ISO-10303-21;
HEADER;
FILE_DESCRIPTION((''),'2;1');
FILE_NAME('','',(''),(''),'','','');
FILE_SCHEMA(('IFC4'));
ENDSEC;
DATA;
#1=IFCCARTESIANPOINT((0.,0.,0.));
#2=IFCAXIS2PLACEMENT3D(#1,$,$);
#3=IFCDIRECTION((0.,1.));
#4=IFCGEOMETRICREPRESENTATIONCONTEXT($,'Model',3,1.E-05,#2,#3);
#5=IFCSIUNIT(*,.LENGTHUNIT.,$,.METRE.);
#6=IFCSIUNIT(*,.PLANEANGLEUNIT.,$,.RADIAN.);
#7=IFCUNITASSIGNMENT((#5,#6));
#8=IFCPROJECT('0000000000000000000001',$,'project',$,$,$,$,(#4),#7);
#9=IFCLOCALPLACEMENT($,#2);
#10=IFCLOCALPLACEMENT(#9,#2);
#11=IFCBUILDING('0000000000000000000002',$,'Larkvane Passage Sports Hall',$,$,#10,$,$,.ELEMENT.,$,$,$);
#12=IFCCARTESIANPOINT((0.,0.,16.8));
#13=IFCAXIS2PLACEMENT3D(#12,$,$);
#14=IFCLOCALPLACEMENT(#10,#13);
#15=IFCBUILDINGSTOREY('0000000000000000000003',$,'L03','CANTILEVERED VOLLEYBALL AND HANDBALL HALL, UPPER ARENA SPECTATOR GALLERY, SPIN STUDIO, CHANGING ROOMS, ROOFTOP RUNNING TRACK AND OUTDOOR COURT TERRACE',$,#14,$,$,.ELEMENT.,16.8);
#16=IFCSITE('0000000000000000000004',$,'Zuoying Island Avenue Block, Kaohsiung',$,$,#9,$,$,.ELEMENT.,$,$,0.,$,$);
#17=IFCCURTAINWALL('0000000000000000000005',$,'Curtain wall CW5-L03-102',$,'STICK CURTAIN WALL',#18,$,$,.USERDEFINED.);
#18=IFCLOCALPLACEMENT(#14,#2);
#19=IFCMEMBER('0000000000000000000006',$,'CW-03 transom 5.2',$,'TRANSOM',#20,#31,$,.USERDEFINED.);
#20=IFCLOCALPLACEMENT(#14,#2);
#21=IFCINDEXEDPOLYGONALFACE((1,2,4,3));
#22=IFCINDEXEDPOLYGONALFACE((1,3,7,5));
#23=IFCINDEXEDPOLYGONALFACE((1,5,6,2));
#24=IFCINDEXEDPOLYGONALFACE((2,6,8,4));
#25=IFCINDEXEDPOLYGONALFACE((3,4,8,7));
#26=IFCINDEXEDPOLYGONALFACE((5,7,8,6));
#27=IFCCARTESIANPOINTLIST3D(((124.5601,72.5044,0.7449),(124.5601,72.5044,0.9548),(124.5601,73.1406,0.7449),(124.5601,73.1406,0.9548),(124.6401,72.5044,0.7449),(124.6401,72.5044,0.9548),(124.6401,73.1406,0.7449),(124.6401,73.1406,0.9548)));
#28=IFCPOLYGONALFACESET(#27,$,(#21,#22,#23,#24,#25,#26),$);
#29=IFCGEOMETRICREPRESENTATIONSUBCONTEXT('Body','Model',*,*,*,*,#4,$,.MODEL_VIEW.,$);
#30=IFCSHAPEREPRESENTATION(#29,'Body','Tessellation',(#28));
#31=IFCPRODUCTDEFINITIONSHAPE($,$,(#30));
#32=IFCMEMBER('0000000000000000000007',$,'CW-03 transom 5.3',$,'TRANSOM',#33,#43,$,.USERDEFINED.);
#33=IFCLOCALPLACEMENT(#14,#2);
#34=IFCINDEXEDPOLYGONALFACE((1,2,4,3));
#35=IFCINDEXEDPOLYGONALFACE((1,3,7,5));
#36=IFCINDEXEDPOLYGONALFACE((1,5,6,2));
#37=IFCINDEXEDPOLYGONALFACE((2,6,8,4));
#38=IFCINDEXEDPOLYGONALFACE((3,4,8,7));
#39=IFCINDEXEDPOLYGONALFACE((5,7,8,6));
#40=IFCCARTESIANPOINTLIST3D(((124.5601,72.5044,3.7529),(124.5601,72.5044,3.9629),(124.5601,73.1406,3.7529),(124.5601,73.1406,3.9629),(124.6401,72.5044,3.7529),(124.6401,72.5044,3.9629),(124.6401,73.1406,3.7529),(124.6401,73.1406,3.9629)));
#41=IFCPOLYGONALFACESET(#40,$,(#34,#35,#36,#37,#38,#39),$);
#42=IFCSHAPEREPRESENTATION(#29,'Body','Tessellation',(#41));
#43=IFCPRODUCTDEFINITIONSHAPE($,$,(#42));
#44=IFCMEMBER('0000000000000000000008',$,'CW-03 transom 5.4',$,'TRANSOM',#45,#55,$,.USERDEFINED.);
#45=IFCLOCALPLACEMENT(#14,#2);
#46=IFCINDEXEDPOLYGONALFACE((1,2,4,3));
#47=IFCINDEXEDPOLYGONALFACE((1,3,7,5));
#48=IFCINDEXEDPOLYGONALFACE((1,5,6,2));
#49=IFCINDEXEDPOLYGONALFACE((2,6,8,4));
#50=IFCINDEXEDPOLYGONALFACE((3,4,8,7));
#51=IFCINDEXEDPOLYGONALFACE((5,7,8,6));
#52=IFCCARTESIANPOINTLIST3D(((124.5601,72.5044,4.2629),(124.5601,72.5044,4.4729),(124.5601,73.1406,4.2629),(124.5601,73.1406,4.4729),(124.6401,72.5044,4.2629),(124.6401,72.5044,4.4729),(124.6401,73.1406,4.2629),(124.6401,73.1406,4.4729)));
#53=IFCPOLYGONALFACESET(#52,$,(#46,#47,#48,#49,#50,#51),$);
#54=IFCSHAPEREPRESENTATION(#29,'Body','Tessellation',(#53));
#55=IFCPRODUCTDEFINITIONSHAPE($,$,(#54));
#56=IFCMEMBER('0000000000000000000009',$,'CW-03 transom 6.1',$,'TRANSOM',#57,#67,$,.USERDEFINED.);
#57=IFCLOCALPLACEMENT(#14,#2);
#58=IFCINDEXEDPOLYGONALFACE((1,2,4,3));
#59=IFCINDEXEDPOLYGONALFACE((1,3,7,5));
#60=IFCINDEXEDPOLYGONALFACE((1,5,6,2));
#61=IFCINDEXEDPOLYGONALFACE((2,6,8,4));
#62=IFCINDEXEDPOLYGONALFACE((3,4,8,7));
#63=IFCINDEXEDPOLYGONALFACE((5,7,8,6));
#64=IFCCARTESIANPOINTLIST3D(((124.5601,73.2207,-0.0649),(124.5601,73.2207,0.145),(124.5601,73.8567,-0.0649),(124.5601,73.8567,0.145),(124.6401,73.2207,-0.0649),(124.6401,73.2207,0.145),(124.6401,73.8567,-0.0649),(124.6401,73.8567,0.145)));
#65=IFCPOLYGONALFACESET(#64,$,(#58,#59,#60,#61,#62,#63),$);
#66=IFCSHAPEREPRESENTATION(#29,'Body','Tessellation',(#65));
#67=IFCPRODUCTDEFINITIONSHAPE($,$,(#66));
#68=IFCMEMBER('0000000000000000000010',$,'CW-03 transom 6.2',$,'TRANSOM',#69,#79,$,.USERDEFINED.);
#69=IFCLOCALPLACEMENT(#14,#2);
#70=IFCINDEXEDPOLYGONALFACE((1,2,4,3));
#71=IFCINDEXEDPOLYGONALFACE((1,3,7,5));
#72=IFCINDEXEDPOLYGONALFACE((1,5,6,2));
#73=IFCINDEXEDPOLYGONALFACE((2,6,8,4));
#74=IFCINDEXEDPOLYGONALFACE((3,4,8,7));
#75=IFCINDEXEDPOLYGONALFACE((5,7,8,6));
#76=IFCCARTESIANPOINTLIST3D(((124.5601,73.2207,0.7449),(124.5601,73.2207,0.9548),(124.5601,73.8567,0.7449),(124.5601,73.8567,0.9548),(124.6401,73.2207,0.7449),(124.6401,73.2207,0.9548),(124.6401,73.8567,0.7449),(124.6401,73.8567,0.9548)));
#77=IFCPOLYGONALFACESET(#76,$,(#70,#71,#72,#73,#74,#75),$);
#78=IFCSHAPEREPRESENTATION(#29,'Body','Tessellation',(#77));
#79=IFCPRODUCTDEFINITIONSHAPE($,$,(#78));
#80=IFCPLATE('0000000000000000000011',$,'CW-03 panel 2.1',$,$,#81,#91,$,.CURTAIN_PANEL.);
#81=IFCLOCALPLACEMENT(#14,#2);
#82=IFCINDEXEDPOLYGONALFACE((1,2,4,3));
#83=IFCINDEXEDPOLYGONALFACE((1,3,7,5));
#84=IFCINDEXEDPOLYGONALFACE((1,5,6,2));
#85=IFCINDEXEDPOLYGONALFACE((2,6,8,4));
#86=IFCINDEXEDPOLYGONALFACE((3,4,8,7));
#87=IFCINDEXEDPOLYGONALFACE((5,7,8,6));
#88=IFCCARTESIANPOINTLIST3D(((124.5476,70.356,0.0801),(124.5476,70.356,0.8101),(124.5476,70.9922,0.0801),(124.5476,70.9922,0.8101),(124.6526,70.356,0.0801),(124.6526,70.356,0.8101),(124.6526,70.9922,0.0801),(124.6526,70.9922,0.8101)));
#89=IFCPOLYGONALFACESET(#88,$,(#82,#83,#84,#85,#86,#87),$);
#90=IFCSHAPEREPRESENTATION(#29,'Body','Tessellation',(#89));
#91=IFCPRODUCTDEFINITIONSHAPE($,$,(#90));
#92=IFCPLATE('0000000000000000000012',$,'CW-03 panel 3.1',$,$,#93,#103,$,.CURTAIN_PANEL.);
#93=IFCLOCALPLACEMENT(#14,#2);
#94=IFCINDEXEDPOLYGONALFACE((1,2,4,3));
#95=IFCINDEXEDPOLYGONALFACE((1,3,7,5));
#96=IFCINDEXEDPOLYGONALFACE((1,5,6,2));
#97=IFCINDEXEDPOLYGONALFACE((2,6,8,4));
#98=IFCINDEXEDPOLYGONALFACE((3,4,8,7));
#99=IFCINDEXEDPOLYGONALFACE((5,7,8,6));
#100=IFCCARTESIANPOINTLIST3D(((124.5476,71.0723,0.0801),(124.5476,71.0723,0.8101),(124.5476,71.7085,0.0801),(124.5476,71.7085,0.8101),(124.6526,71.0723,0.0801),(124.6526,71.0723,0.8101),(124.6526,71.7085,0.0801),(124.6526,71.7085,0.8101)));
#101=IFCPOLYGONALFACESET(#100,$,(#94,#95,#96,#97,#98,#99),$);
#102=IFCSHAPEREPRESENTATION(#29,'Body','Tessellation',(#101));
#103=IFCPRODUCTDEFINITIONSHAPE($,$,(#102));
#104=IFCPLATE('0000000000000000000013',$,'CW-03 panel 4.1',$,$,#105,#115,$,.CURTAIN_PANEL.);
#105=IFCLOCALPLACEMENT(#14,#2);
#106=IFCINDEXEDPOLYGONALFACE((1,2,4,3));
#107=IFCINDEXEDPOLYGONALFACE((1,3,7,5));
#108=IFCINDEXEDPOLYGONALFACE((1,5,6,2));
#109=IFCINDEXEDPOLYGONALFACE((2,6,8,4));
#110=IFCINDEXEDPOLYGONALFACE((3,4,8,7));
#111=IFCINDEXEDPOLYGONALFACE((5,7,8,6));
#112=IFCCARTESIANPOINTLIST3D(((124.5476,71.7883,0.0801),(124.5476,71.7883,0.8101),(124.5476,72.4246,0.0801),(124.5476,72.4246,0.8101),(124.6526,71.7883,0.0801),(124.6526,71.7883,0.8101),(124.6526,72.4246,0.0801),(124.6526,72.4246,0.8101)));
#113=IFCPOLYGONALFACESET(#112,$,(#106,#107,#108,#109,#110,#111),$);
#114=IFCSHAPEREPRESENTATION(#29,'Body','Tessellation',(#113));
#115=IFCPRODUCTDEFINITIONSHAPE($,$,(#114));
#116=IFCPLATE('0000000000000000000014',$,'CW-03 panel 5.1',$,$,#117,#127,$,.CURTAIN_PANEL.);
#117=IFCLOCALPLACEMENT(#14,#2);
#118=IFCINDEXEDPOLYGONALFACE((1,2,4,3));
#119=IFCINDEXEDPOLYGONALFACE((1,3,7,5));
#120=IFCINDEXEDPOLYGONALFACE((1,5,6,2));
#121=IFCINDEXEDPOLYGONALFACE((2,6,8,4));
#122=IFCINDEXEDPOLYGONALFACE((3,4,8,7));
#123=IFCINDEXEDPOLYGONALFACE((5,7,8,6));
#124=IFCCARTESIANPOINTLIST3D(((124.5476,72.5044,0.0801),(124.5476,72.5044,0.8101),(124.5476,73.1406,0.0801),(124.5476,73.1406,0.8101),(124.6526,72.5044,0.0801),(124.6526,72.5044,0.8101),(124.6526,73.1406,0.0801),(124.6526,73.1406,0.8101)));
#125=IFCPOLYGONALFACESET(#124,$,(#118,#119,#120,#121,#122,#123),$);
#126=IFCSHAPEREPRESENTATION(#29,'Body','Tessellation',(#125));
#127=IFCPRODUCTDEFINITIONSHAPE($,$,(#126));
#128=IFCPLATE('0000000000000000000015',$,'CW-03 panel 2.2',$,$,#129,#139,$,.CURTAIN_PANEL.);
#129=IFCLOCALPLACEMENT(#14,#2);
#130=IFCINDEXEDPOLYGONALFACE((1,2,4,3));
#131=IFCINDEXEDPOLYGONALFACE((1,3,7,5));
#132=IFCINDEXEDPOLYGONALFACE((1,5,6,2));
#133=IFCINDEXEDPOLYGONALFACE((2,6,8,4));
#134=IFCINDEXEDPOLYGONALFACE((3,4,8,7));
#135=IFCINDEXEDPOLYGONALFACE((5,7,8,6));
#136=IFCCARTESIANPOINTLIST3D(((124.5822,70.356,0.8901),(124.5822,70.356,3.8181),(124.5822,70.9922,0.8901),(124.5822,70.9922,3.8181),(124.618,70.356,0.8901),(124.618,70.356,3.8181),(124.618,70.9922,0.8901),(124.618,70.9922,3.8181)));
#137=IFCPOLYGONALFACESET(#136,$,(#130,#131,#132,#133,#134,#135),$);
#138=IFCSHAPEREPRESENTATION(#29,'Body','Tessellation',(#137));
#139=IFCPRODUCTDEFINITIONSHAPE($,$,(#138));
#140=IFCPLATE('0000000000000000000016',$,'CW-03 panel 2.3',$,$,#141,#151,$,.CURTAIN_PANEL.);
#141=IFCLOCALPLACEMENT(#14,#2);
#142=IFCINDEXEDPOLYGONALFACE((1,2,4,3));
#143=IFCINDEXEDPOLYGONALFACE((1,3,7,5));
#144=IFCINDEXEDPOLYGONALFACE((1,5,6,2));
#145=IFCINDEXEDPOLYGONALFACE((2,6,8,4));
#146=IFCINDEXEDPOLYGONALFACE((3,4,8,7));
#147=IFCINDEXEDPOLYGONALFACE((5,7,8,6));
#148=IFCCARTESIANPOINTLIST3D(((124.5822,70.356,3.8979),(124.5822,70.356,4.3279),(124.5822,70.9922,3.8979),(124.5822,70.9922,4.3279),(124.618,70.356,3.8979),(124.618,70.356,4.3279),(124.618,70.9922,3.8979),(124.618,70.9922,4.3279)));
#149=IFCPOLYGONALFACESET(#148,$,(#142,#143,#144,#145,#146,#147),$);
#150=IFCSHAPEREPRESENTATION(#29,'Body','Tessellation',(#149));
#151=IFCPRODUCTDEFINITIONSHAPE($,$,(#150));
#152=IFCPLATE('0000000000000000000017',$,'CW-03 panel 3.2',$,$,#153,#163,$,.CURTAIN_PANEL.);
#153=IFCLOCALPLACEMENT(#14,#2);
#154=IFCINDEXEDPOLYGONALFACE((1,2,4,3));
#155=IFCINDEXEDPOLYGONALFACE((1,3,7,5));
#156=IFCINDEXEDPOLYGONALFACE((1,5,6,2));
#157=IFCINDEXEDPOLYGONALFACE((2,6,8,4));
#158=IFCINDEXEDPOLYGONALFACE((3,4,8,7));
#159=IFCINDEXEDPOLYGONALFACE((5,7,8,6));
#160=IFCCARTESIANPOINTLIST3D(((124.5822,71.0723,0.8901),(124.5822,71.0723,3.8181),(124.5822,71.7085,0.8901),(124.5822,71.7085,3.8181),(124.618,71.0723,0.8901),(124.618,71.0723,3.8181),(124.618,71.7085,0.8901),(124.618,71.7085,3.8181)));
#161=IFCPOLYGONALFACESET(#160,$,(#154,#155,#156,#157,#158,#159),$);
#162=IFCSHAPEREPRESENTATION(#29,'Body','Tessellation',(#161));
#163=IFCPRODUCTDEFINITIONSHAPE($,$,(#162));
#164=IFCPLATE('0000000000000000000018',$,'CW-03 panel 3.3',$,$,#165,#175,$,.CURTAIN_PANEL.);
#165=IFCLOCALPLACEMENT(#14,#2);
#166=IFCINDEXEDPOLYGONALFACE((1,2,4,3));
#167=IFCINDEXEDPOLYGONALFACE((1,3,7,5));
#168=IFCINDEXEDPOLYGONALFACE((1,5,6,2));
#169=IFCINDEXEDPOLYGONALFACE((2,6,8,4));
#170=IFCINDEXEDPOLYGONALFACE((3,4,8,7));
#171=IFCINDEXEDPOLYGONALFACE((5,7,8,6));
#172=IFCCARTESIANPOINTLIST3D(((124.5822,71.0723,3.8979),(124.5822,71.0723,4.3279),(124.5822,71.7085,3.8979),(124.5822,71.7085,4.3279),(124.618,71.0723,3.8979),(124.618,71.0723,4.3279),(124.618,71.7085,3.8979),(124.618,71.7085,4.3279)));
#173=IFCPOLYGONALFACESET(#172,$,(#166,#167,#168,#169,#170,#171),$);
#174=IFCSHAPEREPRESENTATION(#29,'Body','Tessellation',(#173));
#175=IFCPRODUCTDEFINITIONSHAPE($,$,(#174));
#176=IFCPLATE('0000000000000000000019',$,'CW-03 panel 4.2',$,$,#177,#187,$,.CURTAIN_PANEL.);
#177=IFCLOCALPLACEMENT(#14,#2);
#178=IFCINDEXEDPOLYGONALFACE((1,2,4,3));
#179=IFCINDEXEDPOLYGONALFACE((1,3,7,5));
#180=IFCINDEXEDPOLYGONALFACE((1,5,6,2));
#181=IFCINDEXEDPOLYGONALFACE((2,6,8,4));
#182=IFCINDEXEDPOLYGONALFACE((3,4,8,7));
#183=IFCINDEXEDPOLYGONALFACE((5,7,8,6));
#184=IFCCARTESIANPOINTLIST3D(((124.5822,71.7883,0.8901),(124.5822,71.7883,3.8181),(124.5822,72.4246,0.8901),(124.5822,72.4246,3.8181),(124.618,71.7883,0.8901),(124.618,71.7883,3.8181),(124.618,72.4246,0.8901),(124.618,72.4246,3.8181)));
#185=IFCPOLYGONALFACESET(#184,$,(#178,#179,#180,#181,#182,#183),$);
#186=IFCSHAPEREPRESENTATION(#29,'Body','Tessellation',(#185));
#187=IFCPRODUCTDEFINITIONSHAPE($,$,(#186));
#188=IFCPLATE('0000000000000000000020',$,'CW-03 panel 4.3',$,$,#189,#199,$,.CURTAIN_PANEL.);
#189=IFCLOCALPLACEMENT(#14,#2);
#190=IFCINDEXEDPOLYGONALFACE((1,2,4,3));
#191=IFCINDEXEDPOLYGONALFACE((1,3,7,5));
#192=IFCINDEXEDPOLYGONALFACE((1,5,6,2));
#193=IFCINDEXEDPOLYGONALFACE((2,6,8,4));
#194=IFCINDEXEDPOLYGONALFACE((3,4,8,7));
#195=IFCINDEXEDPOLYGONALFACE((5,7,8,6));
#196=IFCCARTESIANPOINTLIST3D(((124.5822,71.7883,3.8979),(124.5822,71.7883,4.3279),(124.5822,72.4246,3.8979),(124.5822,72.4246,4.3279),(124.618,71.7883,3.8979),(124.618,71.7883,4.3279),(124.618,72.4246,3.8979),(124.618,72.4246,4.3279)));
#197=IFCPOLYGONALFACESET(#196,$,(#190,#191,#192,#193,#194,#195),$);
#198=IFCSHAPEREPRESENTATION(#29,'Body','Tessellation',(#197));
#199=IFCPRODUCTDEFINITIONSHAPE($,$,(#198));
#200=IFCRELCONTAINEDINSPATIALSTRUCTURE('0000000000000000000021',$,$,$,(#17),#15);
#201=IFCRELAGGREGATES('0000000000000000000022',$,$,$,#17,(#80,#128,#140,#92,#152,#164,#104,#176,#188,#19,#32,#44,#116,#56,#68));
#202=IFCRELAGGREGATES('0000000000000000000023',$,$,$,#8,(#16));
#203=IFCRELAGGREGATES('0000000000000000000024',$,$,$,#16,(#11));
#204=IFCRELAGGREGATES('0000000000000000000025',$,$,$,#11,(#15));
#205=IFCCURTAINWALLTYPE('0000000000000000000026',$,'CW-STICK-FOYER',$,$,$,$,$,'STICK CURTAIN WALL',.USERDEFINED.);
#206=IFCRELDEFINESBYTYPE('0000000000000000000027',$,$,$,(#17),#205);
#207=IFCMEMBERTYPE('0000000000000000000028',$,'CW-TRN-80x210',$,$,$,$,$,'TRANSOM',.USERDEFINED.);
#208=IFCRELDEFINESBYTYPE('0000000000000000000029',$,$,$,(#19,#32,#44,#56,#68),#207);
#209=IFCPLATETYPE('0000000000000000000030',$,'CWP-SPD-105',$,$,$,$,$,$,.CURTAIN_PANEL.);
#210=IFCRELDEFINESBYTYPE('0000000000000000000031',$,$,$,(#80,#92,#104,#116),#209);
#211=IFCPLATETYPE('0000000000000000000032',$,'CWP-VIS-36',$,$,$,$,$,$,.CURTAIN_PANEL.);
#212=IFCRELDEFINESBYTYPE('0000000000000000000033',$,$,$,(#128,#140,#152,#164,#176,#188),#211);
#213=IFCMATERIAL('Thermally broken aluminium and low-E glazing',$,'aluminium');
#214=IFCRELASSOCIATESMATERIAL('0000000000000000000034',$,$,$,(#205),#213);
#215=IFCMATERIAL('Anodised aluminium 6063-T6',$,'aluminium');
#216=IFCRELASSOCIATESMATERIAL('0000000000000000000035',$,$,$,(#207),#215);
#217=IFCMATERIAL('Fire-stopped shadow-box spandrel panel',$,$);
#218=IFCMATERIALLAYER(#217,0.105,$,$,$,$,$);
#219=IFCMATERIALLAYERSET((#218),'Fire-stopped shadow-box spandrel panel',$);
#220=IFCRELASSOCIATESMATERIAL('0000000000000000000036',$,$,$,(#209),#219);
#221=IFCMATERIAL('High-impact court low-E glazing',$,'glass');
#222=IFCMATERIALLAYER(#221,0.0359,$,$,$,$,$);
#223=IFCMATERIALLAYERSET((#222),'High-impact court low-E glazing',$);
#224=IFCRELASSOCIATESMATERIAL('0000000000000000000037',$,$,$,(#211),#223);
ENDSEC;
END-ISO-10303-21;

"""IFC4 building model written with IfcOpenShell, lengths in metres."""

from ifc_helpers import new_model, si_unit, direction, frame, origin, origin_2d, place, context, subcontext, project, spatial, rectangle, extrude, material, layer, layer_set, material_profile, profile_set, type_object, element, aggregate, save


model = new_model("IFC4")

# Units and contexts
model_context = context("Model", 3, precision=1e-05, world=origin(), true_north=direction((0.0, 1.0)))
body_context = subcontext(model_context, "Body", "Model", "MODEL_VIEW")
ifc_project = project(units=[si_unit("LENGTHUNIT", "METRE"), si_unit("PLANEANGLEUNIT", "RADIAN")], contexts=[model_context])

# Site, building, storey
site_placement = place(None, origin())
site = spatial("IfcSite", under=ifc_project, at=site_placement, Name="Zuoying Island Avenue Block, Kaohsiung", CompositionType="ELEMENT", RefElevation=0.0)
building_placement = place(site_placement, origin())
building = spatial("IfcBuilding", under=site, at=building_placement, Name="Larkvane Passage Sports Hall", CompositionType="ELEMENT")
storey_placement = place(building_placement, frame((0.0, 0.0, 16.8)))
storey = spatial("IfcBuildingStorey", under=building, at=storey_placement, Name="L03", Description="CANTILEVERED VOLLEYBALL AND HANDBALL HALL, UPPER ARENA SPECTATOR GALLERY, SPIN STUDIO, CHANGING ROOMS, ROOFTOP RUNNING TRACK AND OUTDOOR COURT TERRACE", CompositionType="ELEMENT", Elevation=16.8)

# Curtain wall, members, plates
ifc_material_1 = material(Name="Thermally broken aluminium and low-E glazing", Category="aluminium")
curtain_wall_type = type_object("IfcCurtainWallType", Name="CW-STICK-FOYER", ElementType="STICK CURTAIN WALL", PredefinedType="USERDEFINED", material=ifc_material_1)
curtain_wall_placement = place(storey_placement, origin())
curtain_wall = element("IfcCurtainWall", 1, at=curtain_wall_placement, inside=storey, type_object=curtain_wall_type, Name="Curtain wall CW5-L03-102", ObjectType="STICK CURTAIN WALL", PredefinedType="USERDEFINED")
ifc_material_2 = material(Name="Anodised aluminium 6063-T6", Category="aluminium")
ifc_material_profile_1 = material_profile(ifc_material_2, rectangle(XDim=0.0801, YDim=0.21, at=origin_2d()), Name="ALU-TRN-80x210")
ifc_profile_set_1 = profile_set([ifc_material_profile_1], Name="Anodised aluminium 6063-T6")
member_type_1 = type_object("IfcMemberType", Name="CW-TRN-80x210", ElementType="TRANSOM", PredefinedType="USERDEFINED", material=ifc_profile_set_1)
member_1_placement = place(storey_placement, frame((124.6001, 72.5044, 0.8499), z_axis=(0.0, 1.0, 0.0), x_axis=(-1.0, 0.0, 0.0)))
member_1 = element("IfcMember", 2, at=member_1_placement, type_object=member_type_1, Name="CW-03 transom 5.2", ObjectType="TRANSOM", PredefinedType="USERDEFINED", context=body_context, shape_type="SweptSolid", body=[
    extrude(rectangle(XDim=0.0801, YDim=0.21, at=origin_2d()), origin(), (0.0, 0.0, 1.0), 0.6362),
])
member_2_placement = place(storey_placement, frame((124.6001, 72.5044, 3.8579), z_axis=(0.0, 1.0, 0.0), x_axis=(-1.0, 0.0, 0.0)))
member_2 = element("IfcMember", 3, at=member_2_placement, type_object=member_type_1, Name="CW-03 transom 5.3", ObjectType="TRANSOM", PredefinedType="USERDEFINED", context=body_context, shape_type="SweptSolid", body=[
    extrude(rectangle(XDim=0.0801, YDim=0.21, at=origin_2d()), origin(), (0.0, 0.0, 1.0), 0.6362),
])
member_3_placement = place(storey_placement, frame((124.6001, 72.5044, 4.3679), z_axis=(0.0, 1.0, 0.0), x_axis=(-1.0, 0.0, 0.0)))
member_3 = element("IfcMember", 4, at=member_3_placement, type_object=member_type_1, Name="CW-03 transom 5.4", ObjectType="TRANSOM", PredefinedType="USERDEFINED", context=body_context, shape_type="SweptSolid", body=[
    extrude(rectangle(XDim=0.0801, YDim=0.21, at=origin_2d()), origin(), (0.0, 0.0, 1.0), 0.6362),
])
member_4_placement = place(storey_placement, frame((124.6001, 73.2207, 0.04), z_axis=(0.0, 1.0, 0.0), x_axis=(-1.0, 0.0, 0.0)))
member_4 = element("IfcMember", 5, at=member_4_placement, type_object=member_type_1, Name="CW-03 transom 6.1", ObjectType="TRANSOM", PredefinedType="USERDEFINED", context=body_context, shape_type="SweptSolid", body=[
    extrude(rectangle(XDim=0.0801, YDim=0.21, at=origin_2d()), origin(), (0.0, 0.0, 1.0), 0.636),
])
member_5_placement = place(storey_placement, frame((124.6001, 73.2207, 0.8499), z_axis=(0.0, 1.0, 0.0), x_axis=(-1.0, 0.0, 0.0)))
member_5 = element("IfcMember", 6, at=member_5_placement, type_object=member_type_1, Name="CW-03 transom 6.2", ObjectType="TRANSOM", PredefinedType="USERDEFINED", context=body_context, shape_type="SweptSolid", body=[
    extrude(rectangle(XDim=0.0801, YDim=0.21, at=origin_2d()), origin(), (0.0, 0.0, 1.0), 0.636),
])
ifc_material_3 = material(Name="Fire-stopped shadow-box spandrel panel")
ifc_layer_1 = layer(ifc_material_3, 0.105)
ifc_layer_set_1 = layer_set([ifc_layer_1], Name="Fire-stopped shadow-box spandrel panel")
plate_type_1 = type_object("IfcPlateType", Name="CWP-SPD-105", PredefinedType="CURTAIN_PANEL", material=ifc_layer_set_1)
plate_1_placement = place(storey_placement, frame((124.6001, 70.6741, 0.0801), z_axis=(0.0, 0.0, 1.0), x_axis=(0.0, 1.0, 0.0)))
plate_1 = element("IfcPlate", 7, at=plate_1_placement, type_object=plate_type_1, Name="CW-03 panel 2.1", PredefinedType="CURTAIN_PANEL", context=body_context, shape_type="SweptSolid", body=[
    extrude(rectangle(XDim=0.6362, YDim=0.105, at=origin_2d()), origin(), (0.0, 0.0, 1.0), 0.73),
])
plate_2_placement = place(storey_placement, frame((124.6001, 71.3904, 0.0801), z_axis=(0.0, 0.0, 1.0), x_axis=(0.0, 1.0, 0.0)))
plate_2 = element("IfcPlate", 8, at=plate_2_placement, type_object=plate_type_1, Name="CW-03 panel 3.1", PredefinedType="CURTAIN_PANEL", context=body_context, shape_type="SweptSolid", body=[
    extrude(rectangle(XDim=0.6362, YDim=0.105, at=origin_2d()), origin(), (0.0, 0.0, 1.0), 0.73),
])
plate_3_placement = place(storey_placement, frame((124.6001, 72.1064, 0.0801), z_axis=(0.0, 0.0, 1.0), x_axis=(0.0, 1.0, 0.0)))
plate_3 = element("IfcPlate", 9, at=plate_3_placement, type_object=plate_type_1, Name="CW-03 panel 4.1", PredefinedType="CURTAIN_PANEL", context=body_context, shape_type="SweptSolid", body=[
    extrude(rectangle(XDim=0.6362, YDim=0.105, at=origin_2d()), origin(), (0.0, 0.0, 1.0), 0.73),
])
plate_4_placement = place(storey_placement, frame((124.6001, 72.8225, 0.0801), z_axis=(0.0, 0.0, 1.0), x_axis=(0.0, 1.0, 0.0)))
plate_4 = element("IfcPlate", 10, at=plate_4_placement, type_object=plate_type_1, Name="CW-03 panel 5.1", PredefinedType="CURTAIN_PANEL", context=body_context, shape_type="SweptSolid", body=[
    extrude(rectangle(XDim=0.6362, YDim=0.105, at=origin_2d()), origin(), (0.0, 0.0, 1.0), 0.73),
])
ifc_material_4 = material(Name="High-impact court low-E glazing", Category="glass")
ifc_layer_2 = layer(ifc_material_4, 0.0359)
ifc_layer_set_2 = layer_set([ifc_layer_2], Name="High-impact court low-E glazing")
plate_type_2 = type_object("IfcPlateType", Name="CWP-VIS-36", PredefinedType="CURTAIN_PANEL", material=ifc_layer_set_2)
plate_5_placement = place(storey_placement, frame((124.6001, 70.6741, 0.8901), z_axis=(0.0, 0.0, 1.0), x_axis=(0.0, 1.0, 0.0)))
plate_5 = element("IfcPlate", 11, at=plate_5_placement, type_object=plate_type_2, Name="CW-03 panel 2.2", PredefinedType="CURTAIN_PANEL", context=body_context, shape_type="SweptSolid", body=[
    extrude(rectangle(XDim=0.6362, YDim=0.0359, at=origin_2d()), origin(), (0.0, 0.0, 1.0), 2.928),
])
plate_6_placement = place(storey_placement, frame((124.6001, 70.6741, 3.8979), z_axis=(0.0, 0.0, 1.0), x_axis=(0.0, 1.0, 0.0)))
plate_6 = element("IfcPlate", 12, at=plate_6_placement, type_object=plate_type_2, Name="CW-03 panel 2.3", PredefinedType="CURTAIN_PANEL", context=body_context, shape_type="SweptSolid", body=[
    extrude(rectangle(XDim=0.6362, YDim=0.0359, at=origin_2d()), origin(), (0.0, 0.0, 1.0), 0.4299),
])
plate_7_placement = place(storey_placement, frame((124.6001, 71.3904, 0.8901), z_axis=(0.0, 0.0, 1.0), x_axis=(0.0, 1.0, 0.0)))
plate_7 = element("IfcPlate", 13, at=plate_7_placement, type_object=plate_type_2, Name="CW-03 panel 3.2", PredefinedType="CURTAIN_PANEL", context=body_context, shape_type="SweptSolid", body=[
    extrude(rectangle(XDim=0.6362, YDim=0.0359, at=origin_2d()), origin(), (0.0, 0.0, 1.0), 2.928),
])
plate_8_placement = place(storey_placement, frame((124.6001, 71.3904, 3.8979), z_axis=(0.0, 0.0, 1.0), x_axis=(0.0, 1.0, 0.0)))
plate_8 = element("IfcPlate", 14, at=plate_8_placement, type_object=plate_type_2, Name="CW-03 panel 3.3", PredefinedType="CURTAIN_PANEL", context=body_context, shape_type="SweptSolid", body=[
    extrude(rectangle(XDim=0.6362, YDim=0.0359, at=origin_2d()), origin(), (0.0, 0.0, 1.0), 0.4299),
])
plate_9_placement = place(storey_placement, frame((124.6001, 72.1064, 0.8901), z_axis=(0.0, 0.0, 1.0), x_axis=(0.0, 1.0, 0.0)))
plate_9 = element("IfcPlate", 15, at=plate_9_placement, type_object=plate_type_2, Name="CW-03 panel 4.2", PredefinedType="CURTAIN_PANEL", context=body_context, shape_type="SweptSolid", body=[
    extrude(rectangle(XDim=0.6362, YDim=0.0359, at=origin_2d()), origin(), (0.0, 0.0, 1.0), 2.928),
])
plate_10_placement = place(storey_placement, frame((124.6001, 72.1064, 3.8979), z_axis=(0.0, 0.0, 1.0), x_axis=(0.0, 1.0, 0.0)))
plate_10 = element("IfcPlate", 16, at=plate_10_placement, type_object=plate_type_2, Name="CW-03 panel 4.3", PredefinedType="CURTAIN_PANEL", context=body_context, shape_type="SweptSolid", body=[
    extrude(rectangle(XDim=0.6362, YDim=0.0359, at=origin_2d()), origin(), (0.0, 0.0, 1.0), 0.4299),
])
aggregate(curtain_wall, [plate_1, plate_5, plate_6, plate_2, plate_7, plate_8, plate_3, plate_9, plate_10, member_1, member_2, member_3, plate_4, member_4, member_5])

save(model, "model.ifc")
